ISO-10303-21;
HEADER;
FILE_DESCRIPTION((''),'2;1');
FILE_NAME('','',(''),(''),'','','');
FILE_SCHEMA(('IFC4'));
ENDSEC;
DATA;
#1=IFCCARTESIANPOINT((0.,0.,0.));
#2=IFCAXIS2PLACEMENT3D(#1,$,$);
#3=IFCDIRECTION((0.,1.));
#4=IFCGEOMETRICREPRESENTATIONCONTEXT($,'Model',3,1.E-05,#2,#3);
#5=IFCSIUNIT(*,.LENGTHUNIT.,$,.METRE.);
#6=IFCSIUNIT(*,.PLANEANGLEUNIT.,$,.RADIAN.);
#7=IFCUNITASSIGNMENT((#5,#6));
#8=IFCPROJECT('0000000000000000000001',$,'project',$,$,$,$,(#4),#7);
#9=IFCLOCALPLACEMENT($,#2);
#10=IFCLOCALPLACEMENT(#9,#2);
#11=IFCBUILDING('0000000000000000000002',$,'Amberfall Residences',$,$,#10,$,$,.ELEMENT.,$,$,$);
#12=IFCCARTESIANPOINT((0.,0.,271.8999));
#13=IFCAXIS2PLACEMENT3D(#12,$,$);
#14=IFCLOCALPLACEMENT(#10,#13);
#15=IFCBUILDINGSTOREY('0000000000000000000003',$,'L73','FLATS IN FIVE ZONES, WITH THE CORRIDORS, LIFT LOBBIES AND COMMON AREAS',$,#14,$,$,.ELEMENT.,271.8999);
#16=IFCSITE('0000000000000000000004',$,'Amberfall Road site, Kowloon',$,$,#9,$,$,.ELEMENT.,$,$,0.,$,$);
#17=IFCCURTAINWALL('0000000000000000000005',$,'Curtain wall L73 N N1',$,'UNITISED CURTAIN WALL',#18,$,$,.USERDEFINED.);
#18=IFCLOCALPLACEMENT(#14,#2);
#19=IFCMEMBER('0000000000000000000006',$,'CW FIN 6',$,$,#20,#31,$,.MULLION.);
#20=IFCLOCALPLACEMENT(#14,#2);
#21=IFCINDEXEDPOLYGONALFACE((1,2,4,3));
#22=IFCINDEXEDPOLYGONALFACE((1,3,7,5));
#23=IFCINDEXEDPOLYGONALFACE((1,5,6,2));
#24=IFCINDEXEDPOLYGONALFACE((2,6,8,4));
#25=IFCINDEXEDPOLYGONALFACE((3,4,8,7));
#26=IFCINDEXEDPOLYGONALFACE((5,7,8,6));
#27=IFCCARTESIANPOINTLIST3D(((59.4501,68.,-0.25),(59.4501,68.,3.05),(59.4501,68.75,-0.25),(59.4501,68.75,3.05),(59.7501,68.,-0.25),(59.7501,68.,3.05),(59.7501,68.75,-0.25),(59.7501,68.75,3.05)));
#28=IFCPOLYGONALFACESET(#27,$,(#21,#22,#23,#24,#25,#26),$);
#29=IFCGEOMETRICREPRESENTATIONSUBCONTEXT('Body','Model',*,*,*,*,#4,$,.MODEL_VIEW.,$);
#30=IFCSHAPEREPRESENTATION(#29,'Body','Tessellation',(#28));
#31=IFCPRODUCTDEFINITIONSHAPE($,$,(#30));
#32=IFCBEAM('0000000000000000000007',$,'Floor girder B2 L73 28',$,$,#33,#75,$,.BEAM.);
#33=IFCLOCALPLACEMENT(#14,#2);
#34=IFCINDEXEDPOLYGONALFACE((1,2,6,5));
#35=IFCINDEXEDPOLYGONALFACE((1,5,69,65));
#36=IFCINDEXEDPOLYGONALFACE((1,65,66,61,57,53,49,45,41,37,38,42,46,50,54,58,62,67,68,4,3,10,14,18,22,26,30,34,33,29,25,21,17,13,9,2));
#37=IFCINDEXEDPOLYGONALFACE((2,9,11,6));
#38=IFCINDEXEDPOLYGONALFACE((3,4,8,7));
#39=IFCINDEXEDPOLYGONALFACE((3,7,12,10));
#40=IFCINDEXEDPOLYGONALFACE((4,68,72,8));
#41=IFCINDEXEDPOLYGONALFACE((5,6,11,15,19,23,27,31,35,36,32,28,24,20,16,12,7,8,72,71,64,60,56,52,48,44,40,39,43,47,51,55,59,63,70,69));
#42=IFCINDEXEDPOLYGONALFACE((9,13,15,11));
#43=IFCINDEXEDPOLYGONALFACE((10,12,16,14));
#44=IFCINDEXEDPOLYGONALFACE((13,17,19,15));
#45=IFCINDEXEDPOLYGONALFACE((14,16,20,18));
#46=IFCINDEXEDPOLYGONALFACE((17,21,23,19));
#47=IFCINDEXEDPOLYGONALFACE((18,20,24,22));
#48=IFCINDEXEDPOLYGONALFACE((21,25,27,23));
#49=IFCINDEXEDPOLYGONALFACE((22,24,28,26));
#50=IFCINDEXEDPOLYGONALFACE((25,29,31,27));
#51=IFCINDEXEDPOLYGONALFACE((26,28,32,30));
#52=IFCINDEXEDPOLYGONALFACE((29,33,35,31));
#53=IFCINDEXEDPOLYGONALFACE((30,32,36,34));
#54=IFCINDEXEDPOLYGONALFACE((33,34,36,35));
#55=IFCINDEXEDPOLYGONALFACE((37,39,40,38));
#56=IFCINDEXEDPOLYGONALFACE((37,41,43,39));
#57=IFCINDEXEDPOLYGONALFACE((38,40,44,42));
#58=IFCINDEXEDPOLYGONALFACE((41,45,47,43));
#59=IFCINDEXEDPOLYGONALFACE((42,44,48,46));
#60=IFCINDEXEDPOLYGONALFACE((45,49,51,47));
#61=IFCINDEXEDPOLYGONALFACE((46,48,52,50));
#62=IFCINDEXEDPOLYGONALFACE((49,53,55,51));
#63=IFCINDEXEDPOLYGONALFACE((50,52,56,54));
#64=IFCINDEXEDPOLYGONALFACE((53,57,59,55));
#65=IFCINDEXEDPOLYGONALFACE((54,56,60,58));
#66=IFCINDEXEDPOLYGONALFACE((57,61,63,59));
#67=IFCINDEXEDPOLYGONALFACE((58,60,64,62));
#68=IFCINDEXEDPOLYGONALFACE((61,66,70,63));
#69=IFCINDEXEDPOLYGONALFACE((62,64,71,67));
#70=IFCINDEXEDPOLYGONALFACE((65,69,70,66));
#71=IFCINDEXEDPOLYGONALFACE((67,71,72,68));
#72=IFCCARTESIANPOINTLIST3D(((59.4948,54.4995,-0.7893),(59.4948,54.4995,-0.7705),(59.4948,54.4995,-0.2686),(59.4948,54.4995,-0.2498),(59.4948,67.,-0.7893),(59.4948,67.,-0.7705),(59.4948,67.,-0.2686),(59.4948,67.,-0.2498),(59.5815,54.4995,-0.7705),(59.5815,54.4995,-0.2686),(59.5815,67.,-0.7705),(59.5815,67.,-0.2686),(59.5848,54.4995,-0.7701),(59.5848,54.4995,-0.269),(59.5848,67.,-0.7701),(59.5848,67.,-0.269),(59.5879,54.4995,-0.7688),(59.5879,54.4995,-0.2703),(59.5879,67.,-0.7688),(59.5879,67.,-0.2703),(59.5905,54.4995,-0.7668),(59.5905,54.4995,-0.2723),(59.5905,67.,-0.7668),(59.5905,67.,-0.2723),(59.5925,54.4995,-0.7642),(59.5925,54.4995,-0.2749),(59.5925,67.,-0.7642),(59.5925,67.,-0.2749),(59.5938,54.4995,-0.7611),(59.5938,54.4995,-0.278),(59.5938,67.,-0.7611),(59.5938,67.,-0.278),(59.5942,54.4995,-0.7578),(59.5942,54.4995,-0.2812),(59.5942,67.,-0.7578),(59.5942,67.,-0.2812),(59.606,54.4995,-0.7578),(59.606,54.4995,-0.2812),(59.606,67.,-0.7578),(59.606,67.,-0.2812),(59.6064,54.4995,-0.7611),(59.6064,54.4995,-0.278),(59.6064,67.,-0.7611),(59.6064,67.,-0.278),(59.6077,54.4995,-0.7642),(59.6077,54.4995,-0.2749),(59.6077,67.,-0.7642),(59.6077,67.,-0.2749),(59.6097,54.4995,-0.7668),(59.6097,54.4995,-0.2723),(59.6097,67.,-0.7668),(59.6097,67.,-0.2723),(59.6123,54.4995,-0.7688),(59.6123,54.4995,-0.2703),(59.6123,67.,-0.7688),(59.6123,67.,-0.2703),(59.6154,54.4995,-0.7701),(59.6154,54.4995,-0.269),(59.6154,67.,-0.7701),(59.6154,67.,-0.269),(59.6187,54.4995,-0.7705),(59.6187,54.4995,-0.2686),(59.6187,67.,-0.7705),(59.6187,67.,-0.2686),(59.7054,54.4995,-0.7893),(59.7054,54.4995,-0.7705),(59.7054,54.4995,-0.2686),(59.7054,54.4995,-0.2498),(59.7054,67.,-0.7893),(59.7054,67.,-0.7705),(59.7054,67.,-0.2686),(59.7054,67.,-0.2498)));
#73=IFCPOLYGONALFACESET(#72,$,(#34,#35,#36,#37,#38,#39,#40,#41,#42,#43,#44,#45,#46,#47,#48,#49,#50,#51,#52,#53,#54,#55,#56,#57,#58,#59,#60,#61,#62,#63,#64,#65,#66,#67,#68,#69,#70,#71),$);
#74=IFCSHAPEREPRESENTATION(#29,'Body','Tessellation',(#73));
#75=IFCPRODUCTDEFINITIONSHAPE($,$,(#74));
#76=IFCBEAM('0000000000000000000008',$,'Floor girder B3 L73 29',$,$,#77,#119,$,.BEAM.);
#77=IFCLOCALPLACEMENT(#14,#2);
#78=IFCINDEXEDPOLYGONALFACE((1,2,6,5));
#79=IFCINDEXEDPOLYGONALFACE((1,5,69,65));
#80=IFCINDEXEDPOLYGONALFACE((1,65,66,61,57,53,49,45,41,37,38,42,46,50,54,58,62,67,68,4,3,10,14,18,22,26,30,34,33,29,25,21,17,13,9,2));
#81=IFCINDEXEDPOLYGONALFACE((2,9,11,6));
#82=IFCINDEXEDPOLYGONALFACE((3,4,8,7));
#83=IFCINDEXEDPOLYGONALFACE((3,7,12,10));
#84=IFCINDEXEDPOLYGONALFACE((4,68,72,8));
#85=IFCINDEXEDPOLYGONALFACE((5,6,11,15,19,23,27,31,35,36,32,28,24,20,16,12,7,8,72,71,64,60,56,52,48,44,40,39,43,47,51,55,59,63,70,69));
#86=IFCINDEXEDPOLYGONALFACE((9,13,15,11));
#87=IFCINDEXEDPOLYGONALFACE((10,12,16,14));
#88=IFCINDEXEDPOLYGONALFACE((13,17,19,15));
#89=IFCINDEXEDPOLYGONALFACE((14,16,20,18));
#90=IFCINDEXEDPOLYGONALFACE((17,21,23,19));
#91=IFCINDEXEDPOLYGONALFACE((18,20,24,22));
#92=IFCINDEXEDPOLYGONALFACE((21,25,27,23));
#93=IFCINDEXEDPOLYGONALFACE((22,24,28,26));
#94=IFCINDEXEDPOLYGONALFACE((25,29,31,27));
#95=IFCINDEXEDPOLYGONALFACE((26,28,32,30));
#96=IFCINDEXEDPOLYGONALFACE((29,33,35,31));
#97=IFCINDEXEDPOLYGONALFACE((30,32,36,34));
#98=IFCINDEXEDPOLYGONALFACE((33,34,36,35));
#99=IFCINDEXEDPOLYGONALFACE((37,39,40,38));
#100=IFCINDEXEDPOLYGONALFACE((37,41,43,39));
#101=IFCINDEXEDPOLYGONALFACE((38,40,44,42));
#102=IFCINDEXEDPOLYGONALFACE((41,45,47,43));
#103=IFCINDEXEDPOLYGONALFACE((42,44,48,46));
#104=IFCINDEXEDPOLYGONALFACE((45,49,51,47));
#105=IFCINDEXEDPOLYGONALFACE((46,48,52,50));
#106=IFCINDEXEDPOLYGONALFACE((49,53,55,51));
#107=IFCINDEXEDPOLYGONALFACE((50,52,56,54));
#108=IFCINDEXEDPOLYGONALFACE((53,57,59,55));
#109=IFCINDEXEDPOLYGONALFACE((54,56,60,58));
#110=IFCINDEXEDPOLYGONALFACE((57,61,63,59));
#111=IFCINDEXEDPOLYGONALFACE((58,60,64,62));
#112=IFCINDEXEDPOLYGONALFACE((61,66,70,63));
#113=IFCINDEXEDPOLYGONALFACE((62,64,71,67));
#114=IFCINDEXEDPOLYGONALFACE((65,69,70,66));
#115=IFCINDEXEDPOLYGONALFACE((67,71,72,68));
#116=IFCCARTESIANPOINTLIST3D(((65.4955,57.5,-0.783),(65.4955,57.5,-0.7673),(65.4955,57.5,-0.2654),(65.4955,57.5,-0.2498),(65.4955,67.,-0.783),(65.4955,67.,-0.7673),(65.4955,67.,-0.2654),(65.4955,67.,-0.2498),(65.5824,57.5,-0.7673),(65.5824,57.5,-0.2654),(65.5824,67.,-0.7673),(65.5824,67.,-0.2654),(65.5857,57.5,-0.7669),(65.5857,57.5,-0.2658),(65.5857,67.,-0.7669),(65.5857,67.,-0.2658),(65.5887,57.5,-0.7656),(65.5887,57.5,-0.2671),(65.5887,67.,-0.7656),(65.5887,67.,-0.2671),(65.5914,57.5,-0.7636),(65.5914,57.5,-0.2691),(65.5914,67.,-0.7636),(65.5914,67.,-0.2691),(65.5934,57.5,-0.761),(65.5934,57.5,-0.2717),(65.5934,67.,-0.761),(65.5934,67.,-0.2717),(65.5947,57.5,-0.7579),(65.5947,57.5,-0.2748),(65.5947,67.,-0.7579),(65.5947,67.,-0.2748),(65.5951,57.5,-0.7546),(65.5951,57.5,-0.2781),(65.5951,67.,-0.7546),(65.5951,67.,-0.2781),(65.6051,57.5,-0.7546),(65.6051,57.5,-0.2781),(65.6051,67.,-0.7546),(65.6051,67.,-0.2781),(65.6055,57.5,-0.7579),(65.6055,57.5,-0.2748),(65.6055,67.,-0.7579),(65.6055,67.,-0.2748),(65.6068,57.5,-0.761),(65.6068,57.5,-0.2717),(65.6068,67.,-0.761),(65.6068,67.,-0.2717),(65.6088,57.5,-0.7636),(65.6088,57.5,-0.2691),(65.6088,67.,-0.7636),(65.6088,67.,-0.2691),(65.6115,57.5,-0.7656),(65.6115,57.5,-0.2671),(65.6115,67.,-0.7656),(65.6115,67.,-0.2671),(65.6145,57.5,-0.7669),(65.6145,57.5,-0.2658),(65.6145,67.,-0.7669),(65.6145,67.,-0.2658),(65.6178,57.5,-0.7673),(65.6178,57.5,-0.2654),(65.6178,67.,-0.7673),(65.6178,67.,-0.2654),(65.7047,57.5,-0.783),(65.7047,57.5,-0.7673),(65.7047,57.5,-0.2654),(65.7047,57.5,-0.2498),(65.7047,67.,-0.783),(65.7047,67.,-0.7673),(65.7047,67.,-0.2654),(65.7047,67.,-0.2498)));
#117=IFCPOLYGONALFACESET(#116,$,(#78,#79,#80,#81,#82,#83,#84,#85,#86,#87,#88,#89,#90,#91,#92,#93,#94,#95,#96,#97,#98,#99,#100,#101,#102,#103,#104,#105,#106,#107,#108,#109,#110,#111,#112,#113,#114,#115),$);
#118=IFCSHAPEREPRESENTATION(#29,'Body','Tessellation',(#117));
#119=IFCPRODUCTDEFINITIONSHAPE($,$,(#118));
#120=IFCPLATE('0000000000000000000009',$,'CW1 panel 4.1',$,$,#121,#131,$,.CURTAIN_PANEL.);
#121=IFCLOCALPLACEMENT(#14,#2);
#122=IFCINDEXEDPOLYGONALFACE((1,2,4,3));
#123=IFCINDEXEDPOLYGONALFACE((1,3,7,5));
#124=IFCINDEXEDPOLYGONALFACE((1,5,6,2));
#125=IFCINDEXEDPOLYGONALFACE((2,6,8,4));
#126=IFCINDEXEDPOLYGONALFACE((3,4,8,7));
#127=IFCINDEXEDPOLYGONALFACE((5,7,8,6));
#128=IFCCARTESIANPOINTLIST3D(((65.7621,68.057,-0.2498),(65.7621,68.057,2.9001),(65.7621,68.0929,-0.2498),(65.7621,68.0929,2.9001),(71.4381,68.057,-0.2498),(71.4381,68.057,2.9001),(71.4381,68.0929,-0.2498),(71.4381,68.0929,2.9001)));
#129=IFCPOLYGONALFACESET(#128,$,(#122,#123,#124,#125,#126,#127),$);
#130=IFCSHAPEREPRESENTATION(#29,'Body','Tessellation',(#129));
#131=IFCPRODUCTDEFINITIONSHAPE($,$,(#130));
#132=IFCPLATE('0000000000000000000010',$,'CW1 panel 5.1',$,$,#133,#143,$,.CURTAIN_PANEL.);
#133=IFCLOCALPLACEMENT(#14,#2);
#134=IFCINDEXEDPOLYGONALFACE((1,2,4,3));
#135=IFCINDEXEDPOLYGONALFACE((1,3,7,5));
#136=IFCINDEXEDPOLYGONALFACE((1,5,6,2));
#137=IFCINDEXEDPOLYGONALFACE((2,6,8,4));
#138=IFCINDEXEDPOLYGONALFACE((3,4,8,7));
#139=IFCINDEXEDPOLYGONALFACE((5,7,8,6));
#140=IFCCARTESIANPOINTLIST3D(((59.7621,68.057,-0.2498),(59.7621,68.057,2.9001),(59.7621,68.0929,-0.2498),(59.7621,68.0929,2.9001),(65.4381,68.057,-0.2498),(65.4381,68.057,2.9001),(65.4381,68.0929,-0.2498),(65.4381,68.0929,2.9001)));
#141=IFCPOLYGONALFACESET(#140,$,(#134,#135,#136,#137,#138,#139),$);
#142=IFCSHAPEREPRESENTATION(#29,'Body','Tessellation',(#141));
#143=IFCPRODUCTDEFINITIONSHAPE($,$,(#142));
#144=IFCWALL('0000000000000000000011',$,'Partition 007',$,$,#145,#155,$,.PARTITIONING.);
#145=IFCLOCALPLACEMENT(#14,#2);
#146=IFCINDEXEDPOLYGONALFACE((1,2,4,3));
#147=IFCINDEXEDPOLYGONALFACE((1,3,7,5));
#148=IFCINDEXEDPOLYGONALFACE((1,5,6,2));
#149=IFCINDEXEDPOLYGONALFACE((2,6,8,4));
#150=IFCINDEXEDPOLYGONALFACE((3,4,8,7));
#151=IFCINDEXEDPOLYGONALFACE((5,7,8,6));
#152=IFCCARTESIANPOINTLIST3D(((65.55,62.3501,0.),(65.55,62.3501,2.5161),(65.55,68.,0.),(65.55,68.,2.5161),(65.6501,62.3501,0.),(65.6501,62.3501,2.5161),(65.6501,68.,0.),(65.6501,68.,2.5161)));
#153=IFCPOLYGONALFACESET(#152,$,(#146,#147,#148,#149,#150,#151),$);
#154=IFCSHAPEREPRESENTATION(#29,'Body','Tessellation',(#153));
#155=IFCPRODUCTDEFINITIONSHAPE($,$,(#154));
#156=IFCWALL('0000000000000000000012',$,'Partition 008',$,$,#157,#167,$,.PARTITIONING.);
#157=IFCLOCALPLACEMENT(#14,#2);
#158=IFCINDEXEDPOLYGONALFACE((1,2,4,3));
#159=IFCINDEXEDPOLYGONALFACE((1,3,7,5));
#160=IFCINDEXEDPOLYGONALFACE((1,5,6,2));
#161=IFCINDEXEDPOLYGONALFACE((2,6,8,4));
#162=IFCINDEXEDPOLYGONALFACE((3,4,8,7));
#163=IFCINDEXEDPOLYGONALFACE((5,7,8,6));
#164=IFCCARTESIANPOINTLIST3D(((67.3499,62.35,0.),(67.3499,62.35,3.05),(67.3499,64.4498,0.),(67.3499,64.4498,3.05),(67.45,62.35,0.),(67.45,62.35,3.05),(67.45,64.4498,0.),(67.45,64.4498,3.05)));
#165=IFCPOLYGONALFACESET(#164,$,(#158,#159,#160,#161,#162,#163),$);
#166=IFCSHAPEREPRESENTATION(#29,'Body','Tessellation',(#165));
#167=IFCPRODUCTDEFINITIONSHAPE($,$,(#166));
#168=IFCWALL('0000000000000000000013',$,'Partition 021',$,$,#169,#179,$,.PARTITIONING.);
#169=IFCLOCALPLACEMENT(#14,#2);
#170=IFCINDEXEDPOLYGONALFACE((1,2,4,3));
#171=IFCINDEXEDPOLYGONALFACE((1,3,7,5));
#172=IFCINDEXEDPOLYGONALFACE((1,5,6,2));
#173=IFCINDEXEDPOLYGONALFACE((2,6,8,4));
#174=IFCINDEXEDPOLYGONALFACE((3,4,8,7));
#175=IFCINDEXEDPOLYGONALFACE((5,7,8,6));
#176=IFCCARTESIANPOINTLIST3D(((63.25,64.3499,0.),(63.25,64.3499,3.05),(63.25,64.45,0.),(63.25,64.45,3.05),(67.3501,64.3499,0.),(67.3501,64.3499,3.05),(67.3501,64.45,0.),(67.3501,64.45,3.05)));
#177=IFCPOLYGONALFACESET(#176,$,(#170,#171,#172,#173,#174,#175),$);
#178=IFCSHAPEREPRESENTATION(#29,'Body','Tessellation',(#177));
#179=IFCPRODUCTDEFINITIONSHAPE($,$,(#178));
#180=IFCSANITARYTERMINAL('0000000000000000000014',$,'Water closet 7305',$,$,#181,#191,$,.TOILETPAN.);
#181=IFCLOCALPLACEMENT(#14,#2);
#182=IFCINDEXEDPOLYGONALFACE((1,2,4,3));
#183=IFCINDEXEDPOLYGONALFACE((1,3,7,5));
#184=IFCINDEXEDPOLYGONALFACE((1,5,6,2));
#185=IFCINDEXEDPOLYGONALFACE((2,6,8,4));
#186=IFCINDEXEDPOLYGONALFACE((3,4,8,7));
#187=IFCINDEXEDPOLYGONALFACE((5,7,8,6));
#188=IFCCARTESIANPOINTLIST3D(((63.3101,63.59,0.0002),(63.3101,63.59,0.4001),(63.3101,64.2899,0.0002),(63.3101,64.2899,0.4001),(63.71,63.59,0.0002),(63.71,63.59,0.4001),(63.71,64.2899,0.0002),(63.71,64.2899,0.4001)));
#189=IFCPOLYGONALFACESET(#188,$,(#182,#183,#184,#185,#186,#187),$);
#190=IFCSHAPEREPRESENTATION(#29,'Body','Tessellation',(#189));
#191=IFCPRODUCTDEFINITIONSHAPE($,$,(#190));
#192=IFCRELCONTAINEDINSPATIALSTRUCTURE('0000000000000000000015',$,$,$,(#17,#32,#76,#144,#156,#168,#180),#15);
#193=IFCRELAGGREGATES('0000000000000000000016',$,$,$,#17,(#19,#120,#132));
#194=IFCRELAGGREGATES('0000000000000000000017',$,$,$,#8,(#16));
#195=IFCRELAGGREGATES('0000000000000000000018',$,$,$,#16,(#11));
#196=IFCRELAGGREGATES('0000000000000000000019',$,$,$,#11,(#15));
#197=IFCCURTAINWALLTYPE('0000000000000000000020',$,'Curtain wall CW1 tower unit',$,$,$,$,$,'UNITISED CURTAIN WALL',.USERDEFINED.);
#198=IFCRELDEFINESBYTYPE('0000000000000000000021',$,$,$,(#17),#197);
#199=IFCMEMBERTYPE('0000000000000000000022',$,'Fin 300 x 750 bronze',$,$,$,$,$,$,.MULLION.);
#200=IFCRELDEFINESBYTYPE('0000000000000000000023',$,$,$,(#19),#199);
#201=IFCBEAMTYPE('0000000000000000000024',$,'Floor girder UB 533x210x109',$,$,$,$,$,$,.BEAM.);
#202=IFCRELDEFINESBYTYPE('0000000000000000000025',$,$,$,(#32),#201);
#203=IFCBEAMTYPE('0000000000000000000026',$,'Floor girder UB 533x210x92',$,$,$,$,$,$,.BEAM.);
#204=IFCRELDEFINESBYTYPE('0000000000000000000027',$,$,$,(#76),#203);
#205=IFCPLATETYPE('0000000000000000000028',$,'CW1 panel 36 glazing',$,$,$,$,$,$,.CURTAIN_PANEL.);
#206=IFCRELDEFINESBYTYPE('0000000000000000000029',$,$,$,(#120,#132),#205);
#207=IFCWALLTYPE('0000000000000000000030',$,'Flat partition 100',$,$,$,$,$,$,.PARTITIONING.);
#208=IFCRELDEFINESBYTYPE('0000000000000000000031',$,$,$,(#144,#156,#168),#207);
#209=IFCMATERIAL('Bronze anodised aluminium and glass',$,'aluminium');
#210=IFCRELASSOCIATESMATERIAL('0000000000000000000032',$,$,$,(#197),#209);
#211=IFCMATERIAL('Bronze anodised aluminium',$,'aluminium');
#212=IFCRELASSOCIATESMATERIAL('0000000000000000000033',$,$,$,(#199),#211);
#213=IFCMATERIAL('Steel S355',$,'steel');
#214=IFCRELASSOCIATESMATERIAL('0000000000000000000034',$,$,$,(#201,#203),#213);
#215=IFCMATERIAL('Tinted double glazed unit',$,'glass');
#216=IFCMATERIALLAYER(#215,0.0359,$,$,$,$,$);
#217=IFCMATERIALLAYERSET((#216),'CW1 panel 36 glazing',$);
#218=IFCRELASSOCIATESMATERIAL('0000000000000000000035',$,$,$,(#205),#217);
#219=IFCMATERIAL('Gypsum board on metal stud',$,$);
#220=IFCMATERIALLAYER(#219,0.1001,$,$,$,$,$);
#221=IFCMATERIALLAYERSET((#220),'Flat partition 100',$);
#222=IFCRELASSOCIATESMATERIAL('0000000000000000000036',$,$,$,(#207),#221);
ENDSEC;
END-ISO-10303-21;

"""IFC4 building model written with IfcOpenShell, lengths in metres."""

from ifc_helpers import new_model, si_unit, direction, frame, frame_2d, origin, origin_2d, place, context, subcontext, project, spatial, rectangle, i_section, extrude, material, layer, layer_set, material_profile, profile_set, type_object, element, aggregate, save


model = new_model("IFC4")

# Units and contexts
model_context = context("Model", 3, precision=1e-05, world=origin(), true_north=direction((0.0, 1.0)))
body_context = subcontext(model_context, "Body", "Model", "MODEL_VIEW")
ifc_project = project(units=[si_unit("LENGTHUNIT", "METRE"), si_unit("PLANEANGLEUNIT", "RADIAN")], contexts=[model_context])

# Site, building, storey
site_placement = place(None, origin())
site = spatial("IfcSite", under=ifc_project, at=site_placement, Name="Amberfall Road site, Kowloon", CompositionType="ELEMENT", RefElevation=0.0)
building_placement = place(site_placement, origin())
building = spatial("IfcBuilding", under=site, at=building_placement, Name="Amberfall Residences", CompositionType="ELEMENT")
storey_placement = place(building_placement, frame((0.0, 0.0, 271.8999)))
storey = spatial("IfcBuildingStorey", under=building, at=storey_placement, Name="L73", Description="FLATS IN FIVE ZONES, WITH THE CORRIDORS, LIFT LOBBIES AND COMMON AREAS", CompositionType="ELEMENT", Elevation=271.8999)

# Curtain wall
ifc_material_1 = material(Name="Bronze anodised aluminium and glass", Category="aluminium")
curtain_wall_type = type_object("IfcCurtainWallType", Name="Curtain wall CW1 tower unit", ElementType="UNITISED CURTAIN WALL", PredefinedType="USERDEFINED", material=ifc_material_1)
curtain_wall_placement = place(storey_placement, origin())
curtain_wall = element("IfcCurtainWall", 1, at=curtain_wall_placement, inside=storey, type_object=curtain_wall_type, Name="Curtain wall L73 N N1", ObjectType="UNITISED CURTAIN WALL", PredefinedType="USERDEFINED")
ifc_material_2 = material(Name="Bronze anodised aluminium", Category="aluminium")

# Shared definitions
ifc_material_3 = material(Name="Steel S355", Category="steel")

# Member
ifc_material_profile_1 = material_profile(ifc_material_2, rectangle(XDim=0.75, YDim=0.3, at=origin_2d()), Name="Fin 300 x 750 bronze")
ifc_profile_set_1 = profile_set([ifc_material_profile_1], Name="Bronze anodised aluminium")
member_type_1 = type_object("IfcMemberType", Name="Fin 300 x 750 bronze", PredefinedType="MULLION", material=ifc_profile_set_1)
member_1_placement = place(storey_placement, frame((59.6001, 68.375, -0.25), z_axis=(0.0, 0.0, 1.0), x_axis=(0.0, -1.0, 0.0)))
member_1 = element("IfcMember", 2, at=member_1_placement, type_object=member_type_1, Name="CW FIN 6", PredefinedType="MULLION", context=body_context, shape_type="SweptSolid", body=[
    extrude(rectangle(XDim=0.75, YDim=0.3, at=origin_2d()), origin(), (0.0, 0.0, 1.0), 3.3),
])

# Beams
ifc_material_profile_2 = material_profile(ifc_material_3, i_section(OverallWidth=0.2107, OverallDepth=0.5396, WebThickness=0.0117, FlangeThickness=0.0188, FilletRadius=0.0127, at=origin_2d()), Name="UB 533x210x109")
ifc_profile_set_2 = profile_set([ifc_material_profile_2], Name="Steel S355")
beam_type_1 = type_object("IfcBeamType", Name="Floor girder UB 533x210x109", PredefinedType="BEAM", material=ifc_profile_set_2)
beam_1_placement = place(storey_placement, frame((59.6001, 67.0, -0.5195), z_axis=(0.0, -1.0, 0.0), x_axis=(1.0, 0.0, 0.0)))
element("IfcBeam", 3, at=beam_1_placement, inside=storey, type_object=beam_type_1, Name="Floor girder B2 L73 28", PredefinedType="BEAM", context=body_context, shape_type="SweptSolid", body=[
    extrude(i_section(OverallWidth=0.2107, OverallDepth=0.5396, WebThickness=0.0117, FlangeThickness=0.0188, FilletRadius=0.0127, at=origin_2d()), origin(), (0.0, 0.0, 1.0), 12.5005),
])
ifc_material_profile_3 = material_profile(ifc_material_3, i_section(OverallWidth=0.2092, OverallDepth=0.5332, WebThickness=0.01, FlangeThickness=0.0156, FilletRadius=0.0127, at=origin_2d()), Name="UB 533x210x92")
ifc_profile_set_3 = profile_set([ifc_material_profile_3], Name="Steel S355")
beam_type_2 = type_object("IfcBeamType", Name="Floor girder UB 533x210x92", PredefinedType="BEAM", material=ifc_profile_set_3)
beam_2_placement = place(storey_placement, frame((65.6001, 67.0, -0.5164), z_axis=(0.0, -1.0, 0.0), x_axis=(1.0, 0.0, 0.0)))
element("IfcBeam", 4, at=beam_2_placement, inside=storey, type_object=beam_type_2, Name="Floor girder B3 L73 29", PredefinedType="BEAM", context=body_context, shape_type="SweptSolid", body=[
    extrude(i_section(OverallWidth=0.2092, OverallDepth=0.5332, WebThickness=0.01, FlangeThickness=0.0156, FilletRadius=0.0127, at=origin_2d()), origin(), (0.0, 0.0, 1.0), 9.5),
])

# Plates
ifc_material_4 = material(Name="Tinted double glazed unit", Category="glass")
ifc_layer_1 = layer(ifc_material_4, 0.0359)
ifc_layer_set_1 = layer_set([ifc_layer_1], Name="CW1 panel 36 glazing")
plate_type = type_object("IfcPlateType", Name="CW1 panel 36 glazing", PredefinedType="CURTAIN_PANEL", material=ifc_layer_set_1)
plate_1_placement = place(storey_placement, frame((68.6001, 68.075, -0.2498), z_axis=(0.0, 0.0, 1.0), x_axis=(-1.0, 0.0, 0.0)))
plate_1 = element("IfcPlate", 5, at=plate_1_placement, type_object=plate_type, Name="CW1 panel 4.1", PredefinedType="CURTAIN_PANEL", context=body_context, shape_type="SweptSolid", body=[
    extrude(rectangle(XDim=5.676, YDim=0.0359, at=origin_2d()), origin(), (0.0, 0.0, 1.0), 3.1499),
])
plate_2_placement = place(storey_placement, frame((62.6001, 68.075, -0.2498), z_axis=(0.0, 0.0, 1.0), x_axis=(-1.0, 0.0, 0.0)))
plate_2 = element("IfcPlate", 6, at=plate_2_placement, type_object=plate_type, Name="CW1 panel 5.1", PredefinedType="CURTAIN_PANEL", context=body_context, shape_type="SweptSolid", body=[
    extrude(rectangle(XDim=5.676, YDim=0.0359, at=origin_2d()), origin(), (0.0, 0.0, 1.0), 3.1499),
])
aggregate(curtain_wall, [member_1, plate_1, plate_2])

# Walls
ifc_material_5 = material(Name="Gypsum board on metal stud")
ifc_layer_2 = layer(ifc_material_5, 0.1001)
ifc_layer_set_2 = layer_set([ifc_layer_2], Name="Flat partition 100")
wall_type = type_object("IfcWallType", Name="Flat partition 100", PredefinedType="PARTITIONING", material=ifc_layer_set_2)
wall_1_placement = place(storey_placement, frame((65.6001, 62.3501, 0.0), z_axis=(0.0, 0.0, 1.0), x_axis=(0.0, 1.0, 0.0)))
element("IfcWall", 7, at=wall_1_placement, inside=storey, type_object=wall_type, Name="Partition 007", PredefinedType="PARTITIONING", context=body_context, shape_type="SweptSolid", body=[
    extrude(rectangle(XDim=5.6499, YDim=0.1001, at=frame_2d((2.825, 0.0))), origin(), (0.0, 0.0, 1.0), 2.5161),
])
wall_2_placement = place(storey_placement, frame((67.3999, 62.3501, 0.0), z_axis=(0.0, 0.0, 1.0), x_axis=(0.0, 1.0, 0.0)))
element("IfcWall", 8, at=wall_2_placement, inside=storey, type_object=wall_type, Name="Partition 008", PredefinedType="PARTITIONING", context=body_context, shape_type="SweptSolid", body=[
    extrude(rectangle(XDim=2.0999, YDim=0.1001, at=frame_2d((1.0498, 0.0))), origin(), (0.0, 0.0, 1.0), 3.05),
])
wall_3_placement = place(storey_placement, frame((63.25, 64.3999, 0.0), z_axis=(0.0, 0.0, 1.0), x_axis=(1.0, 0.0, 0.0)))
element("IfcWall", 9, at=wall_3_placement, inside=storey, type_object=wall_type, Name="Partition 021", PredefinedType="PARTITIONING", context=body_context, shape_type="SweptSolid", body=[
    extrude(rectangle(XDim=4.1001, YDim=0.1001, at=frame_2d((2.05, 0.0))), origin(), (0.0, 0.0, 1.0), 3.05),
])

# Sanitary terminal
sanitary_terminal_1_placement = place(storey_placement, frame((63.51, 63.9399, 0.0002), z_axis=(0.0, 0.0, 1.0), x_axis=(1.0, 0.0, 0.0)))
element("IfcSanitaryTerminal", 10, at=sanitary_terminal_1_placement, inside=storey, Name="Water closet 7305", PredefinedType="TOILETPAN", context=body_context, shape_type="SweptSolid", body=[
    extrude(rectangle(XDim=0.3999, YDim=0.7, at=origin_2d()), origin(), (0.0, 0.0, 1.0), 0.3999),
])

save(model, "model.ifc")
